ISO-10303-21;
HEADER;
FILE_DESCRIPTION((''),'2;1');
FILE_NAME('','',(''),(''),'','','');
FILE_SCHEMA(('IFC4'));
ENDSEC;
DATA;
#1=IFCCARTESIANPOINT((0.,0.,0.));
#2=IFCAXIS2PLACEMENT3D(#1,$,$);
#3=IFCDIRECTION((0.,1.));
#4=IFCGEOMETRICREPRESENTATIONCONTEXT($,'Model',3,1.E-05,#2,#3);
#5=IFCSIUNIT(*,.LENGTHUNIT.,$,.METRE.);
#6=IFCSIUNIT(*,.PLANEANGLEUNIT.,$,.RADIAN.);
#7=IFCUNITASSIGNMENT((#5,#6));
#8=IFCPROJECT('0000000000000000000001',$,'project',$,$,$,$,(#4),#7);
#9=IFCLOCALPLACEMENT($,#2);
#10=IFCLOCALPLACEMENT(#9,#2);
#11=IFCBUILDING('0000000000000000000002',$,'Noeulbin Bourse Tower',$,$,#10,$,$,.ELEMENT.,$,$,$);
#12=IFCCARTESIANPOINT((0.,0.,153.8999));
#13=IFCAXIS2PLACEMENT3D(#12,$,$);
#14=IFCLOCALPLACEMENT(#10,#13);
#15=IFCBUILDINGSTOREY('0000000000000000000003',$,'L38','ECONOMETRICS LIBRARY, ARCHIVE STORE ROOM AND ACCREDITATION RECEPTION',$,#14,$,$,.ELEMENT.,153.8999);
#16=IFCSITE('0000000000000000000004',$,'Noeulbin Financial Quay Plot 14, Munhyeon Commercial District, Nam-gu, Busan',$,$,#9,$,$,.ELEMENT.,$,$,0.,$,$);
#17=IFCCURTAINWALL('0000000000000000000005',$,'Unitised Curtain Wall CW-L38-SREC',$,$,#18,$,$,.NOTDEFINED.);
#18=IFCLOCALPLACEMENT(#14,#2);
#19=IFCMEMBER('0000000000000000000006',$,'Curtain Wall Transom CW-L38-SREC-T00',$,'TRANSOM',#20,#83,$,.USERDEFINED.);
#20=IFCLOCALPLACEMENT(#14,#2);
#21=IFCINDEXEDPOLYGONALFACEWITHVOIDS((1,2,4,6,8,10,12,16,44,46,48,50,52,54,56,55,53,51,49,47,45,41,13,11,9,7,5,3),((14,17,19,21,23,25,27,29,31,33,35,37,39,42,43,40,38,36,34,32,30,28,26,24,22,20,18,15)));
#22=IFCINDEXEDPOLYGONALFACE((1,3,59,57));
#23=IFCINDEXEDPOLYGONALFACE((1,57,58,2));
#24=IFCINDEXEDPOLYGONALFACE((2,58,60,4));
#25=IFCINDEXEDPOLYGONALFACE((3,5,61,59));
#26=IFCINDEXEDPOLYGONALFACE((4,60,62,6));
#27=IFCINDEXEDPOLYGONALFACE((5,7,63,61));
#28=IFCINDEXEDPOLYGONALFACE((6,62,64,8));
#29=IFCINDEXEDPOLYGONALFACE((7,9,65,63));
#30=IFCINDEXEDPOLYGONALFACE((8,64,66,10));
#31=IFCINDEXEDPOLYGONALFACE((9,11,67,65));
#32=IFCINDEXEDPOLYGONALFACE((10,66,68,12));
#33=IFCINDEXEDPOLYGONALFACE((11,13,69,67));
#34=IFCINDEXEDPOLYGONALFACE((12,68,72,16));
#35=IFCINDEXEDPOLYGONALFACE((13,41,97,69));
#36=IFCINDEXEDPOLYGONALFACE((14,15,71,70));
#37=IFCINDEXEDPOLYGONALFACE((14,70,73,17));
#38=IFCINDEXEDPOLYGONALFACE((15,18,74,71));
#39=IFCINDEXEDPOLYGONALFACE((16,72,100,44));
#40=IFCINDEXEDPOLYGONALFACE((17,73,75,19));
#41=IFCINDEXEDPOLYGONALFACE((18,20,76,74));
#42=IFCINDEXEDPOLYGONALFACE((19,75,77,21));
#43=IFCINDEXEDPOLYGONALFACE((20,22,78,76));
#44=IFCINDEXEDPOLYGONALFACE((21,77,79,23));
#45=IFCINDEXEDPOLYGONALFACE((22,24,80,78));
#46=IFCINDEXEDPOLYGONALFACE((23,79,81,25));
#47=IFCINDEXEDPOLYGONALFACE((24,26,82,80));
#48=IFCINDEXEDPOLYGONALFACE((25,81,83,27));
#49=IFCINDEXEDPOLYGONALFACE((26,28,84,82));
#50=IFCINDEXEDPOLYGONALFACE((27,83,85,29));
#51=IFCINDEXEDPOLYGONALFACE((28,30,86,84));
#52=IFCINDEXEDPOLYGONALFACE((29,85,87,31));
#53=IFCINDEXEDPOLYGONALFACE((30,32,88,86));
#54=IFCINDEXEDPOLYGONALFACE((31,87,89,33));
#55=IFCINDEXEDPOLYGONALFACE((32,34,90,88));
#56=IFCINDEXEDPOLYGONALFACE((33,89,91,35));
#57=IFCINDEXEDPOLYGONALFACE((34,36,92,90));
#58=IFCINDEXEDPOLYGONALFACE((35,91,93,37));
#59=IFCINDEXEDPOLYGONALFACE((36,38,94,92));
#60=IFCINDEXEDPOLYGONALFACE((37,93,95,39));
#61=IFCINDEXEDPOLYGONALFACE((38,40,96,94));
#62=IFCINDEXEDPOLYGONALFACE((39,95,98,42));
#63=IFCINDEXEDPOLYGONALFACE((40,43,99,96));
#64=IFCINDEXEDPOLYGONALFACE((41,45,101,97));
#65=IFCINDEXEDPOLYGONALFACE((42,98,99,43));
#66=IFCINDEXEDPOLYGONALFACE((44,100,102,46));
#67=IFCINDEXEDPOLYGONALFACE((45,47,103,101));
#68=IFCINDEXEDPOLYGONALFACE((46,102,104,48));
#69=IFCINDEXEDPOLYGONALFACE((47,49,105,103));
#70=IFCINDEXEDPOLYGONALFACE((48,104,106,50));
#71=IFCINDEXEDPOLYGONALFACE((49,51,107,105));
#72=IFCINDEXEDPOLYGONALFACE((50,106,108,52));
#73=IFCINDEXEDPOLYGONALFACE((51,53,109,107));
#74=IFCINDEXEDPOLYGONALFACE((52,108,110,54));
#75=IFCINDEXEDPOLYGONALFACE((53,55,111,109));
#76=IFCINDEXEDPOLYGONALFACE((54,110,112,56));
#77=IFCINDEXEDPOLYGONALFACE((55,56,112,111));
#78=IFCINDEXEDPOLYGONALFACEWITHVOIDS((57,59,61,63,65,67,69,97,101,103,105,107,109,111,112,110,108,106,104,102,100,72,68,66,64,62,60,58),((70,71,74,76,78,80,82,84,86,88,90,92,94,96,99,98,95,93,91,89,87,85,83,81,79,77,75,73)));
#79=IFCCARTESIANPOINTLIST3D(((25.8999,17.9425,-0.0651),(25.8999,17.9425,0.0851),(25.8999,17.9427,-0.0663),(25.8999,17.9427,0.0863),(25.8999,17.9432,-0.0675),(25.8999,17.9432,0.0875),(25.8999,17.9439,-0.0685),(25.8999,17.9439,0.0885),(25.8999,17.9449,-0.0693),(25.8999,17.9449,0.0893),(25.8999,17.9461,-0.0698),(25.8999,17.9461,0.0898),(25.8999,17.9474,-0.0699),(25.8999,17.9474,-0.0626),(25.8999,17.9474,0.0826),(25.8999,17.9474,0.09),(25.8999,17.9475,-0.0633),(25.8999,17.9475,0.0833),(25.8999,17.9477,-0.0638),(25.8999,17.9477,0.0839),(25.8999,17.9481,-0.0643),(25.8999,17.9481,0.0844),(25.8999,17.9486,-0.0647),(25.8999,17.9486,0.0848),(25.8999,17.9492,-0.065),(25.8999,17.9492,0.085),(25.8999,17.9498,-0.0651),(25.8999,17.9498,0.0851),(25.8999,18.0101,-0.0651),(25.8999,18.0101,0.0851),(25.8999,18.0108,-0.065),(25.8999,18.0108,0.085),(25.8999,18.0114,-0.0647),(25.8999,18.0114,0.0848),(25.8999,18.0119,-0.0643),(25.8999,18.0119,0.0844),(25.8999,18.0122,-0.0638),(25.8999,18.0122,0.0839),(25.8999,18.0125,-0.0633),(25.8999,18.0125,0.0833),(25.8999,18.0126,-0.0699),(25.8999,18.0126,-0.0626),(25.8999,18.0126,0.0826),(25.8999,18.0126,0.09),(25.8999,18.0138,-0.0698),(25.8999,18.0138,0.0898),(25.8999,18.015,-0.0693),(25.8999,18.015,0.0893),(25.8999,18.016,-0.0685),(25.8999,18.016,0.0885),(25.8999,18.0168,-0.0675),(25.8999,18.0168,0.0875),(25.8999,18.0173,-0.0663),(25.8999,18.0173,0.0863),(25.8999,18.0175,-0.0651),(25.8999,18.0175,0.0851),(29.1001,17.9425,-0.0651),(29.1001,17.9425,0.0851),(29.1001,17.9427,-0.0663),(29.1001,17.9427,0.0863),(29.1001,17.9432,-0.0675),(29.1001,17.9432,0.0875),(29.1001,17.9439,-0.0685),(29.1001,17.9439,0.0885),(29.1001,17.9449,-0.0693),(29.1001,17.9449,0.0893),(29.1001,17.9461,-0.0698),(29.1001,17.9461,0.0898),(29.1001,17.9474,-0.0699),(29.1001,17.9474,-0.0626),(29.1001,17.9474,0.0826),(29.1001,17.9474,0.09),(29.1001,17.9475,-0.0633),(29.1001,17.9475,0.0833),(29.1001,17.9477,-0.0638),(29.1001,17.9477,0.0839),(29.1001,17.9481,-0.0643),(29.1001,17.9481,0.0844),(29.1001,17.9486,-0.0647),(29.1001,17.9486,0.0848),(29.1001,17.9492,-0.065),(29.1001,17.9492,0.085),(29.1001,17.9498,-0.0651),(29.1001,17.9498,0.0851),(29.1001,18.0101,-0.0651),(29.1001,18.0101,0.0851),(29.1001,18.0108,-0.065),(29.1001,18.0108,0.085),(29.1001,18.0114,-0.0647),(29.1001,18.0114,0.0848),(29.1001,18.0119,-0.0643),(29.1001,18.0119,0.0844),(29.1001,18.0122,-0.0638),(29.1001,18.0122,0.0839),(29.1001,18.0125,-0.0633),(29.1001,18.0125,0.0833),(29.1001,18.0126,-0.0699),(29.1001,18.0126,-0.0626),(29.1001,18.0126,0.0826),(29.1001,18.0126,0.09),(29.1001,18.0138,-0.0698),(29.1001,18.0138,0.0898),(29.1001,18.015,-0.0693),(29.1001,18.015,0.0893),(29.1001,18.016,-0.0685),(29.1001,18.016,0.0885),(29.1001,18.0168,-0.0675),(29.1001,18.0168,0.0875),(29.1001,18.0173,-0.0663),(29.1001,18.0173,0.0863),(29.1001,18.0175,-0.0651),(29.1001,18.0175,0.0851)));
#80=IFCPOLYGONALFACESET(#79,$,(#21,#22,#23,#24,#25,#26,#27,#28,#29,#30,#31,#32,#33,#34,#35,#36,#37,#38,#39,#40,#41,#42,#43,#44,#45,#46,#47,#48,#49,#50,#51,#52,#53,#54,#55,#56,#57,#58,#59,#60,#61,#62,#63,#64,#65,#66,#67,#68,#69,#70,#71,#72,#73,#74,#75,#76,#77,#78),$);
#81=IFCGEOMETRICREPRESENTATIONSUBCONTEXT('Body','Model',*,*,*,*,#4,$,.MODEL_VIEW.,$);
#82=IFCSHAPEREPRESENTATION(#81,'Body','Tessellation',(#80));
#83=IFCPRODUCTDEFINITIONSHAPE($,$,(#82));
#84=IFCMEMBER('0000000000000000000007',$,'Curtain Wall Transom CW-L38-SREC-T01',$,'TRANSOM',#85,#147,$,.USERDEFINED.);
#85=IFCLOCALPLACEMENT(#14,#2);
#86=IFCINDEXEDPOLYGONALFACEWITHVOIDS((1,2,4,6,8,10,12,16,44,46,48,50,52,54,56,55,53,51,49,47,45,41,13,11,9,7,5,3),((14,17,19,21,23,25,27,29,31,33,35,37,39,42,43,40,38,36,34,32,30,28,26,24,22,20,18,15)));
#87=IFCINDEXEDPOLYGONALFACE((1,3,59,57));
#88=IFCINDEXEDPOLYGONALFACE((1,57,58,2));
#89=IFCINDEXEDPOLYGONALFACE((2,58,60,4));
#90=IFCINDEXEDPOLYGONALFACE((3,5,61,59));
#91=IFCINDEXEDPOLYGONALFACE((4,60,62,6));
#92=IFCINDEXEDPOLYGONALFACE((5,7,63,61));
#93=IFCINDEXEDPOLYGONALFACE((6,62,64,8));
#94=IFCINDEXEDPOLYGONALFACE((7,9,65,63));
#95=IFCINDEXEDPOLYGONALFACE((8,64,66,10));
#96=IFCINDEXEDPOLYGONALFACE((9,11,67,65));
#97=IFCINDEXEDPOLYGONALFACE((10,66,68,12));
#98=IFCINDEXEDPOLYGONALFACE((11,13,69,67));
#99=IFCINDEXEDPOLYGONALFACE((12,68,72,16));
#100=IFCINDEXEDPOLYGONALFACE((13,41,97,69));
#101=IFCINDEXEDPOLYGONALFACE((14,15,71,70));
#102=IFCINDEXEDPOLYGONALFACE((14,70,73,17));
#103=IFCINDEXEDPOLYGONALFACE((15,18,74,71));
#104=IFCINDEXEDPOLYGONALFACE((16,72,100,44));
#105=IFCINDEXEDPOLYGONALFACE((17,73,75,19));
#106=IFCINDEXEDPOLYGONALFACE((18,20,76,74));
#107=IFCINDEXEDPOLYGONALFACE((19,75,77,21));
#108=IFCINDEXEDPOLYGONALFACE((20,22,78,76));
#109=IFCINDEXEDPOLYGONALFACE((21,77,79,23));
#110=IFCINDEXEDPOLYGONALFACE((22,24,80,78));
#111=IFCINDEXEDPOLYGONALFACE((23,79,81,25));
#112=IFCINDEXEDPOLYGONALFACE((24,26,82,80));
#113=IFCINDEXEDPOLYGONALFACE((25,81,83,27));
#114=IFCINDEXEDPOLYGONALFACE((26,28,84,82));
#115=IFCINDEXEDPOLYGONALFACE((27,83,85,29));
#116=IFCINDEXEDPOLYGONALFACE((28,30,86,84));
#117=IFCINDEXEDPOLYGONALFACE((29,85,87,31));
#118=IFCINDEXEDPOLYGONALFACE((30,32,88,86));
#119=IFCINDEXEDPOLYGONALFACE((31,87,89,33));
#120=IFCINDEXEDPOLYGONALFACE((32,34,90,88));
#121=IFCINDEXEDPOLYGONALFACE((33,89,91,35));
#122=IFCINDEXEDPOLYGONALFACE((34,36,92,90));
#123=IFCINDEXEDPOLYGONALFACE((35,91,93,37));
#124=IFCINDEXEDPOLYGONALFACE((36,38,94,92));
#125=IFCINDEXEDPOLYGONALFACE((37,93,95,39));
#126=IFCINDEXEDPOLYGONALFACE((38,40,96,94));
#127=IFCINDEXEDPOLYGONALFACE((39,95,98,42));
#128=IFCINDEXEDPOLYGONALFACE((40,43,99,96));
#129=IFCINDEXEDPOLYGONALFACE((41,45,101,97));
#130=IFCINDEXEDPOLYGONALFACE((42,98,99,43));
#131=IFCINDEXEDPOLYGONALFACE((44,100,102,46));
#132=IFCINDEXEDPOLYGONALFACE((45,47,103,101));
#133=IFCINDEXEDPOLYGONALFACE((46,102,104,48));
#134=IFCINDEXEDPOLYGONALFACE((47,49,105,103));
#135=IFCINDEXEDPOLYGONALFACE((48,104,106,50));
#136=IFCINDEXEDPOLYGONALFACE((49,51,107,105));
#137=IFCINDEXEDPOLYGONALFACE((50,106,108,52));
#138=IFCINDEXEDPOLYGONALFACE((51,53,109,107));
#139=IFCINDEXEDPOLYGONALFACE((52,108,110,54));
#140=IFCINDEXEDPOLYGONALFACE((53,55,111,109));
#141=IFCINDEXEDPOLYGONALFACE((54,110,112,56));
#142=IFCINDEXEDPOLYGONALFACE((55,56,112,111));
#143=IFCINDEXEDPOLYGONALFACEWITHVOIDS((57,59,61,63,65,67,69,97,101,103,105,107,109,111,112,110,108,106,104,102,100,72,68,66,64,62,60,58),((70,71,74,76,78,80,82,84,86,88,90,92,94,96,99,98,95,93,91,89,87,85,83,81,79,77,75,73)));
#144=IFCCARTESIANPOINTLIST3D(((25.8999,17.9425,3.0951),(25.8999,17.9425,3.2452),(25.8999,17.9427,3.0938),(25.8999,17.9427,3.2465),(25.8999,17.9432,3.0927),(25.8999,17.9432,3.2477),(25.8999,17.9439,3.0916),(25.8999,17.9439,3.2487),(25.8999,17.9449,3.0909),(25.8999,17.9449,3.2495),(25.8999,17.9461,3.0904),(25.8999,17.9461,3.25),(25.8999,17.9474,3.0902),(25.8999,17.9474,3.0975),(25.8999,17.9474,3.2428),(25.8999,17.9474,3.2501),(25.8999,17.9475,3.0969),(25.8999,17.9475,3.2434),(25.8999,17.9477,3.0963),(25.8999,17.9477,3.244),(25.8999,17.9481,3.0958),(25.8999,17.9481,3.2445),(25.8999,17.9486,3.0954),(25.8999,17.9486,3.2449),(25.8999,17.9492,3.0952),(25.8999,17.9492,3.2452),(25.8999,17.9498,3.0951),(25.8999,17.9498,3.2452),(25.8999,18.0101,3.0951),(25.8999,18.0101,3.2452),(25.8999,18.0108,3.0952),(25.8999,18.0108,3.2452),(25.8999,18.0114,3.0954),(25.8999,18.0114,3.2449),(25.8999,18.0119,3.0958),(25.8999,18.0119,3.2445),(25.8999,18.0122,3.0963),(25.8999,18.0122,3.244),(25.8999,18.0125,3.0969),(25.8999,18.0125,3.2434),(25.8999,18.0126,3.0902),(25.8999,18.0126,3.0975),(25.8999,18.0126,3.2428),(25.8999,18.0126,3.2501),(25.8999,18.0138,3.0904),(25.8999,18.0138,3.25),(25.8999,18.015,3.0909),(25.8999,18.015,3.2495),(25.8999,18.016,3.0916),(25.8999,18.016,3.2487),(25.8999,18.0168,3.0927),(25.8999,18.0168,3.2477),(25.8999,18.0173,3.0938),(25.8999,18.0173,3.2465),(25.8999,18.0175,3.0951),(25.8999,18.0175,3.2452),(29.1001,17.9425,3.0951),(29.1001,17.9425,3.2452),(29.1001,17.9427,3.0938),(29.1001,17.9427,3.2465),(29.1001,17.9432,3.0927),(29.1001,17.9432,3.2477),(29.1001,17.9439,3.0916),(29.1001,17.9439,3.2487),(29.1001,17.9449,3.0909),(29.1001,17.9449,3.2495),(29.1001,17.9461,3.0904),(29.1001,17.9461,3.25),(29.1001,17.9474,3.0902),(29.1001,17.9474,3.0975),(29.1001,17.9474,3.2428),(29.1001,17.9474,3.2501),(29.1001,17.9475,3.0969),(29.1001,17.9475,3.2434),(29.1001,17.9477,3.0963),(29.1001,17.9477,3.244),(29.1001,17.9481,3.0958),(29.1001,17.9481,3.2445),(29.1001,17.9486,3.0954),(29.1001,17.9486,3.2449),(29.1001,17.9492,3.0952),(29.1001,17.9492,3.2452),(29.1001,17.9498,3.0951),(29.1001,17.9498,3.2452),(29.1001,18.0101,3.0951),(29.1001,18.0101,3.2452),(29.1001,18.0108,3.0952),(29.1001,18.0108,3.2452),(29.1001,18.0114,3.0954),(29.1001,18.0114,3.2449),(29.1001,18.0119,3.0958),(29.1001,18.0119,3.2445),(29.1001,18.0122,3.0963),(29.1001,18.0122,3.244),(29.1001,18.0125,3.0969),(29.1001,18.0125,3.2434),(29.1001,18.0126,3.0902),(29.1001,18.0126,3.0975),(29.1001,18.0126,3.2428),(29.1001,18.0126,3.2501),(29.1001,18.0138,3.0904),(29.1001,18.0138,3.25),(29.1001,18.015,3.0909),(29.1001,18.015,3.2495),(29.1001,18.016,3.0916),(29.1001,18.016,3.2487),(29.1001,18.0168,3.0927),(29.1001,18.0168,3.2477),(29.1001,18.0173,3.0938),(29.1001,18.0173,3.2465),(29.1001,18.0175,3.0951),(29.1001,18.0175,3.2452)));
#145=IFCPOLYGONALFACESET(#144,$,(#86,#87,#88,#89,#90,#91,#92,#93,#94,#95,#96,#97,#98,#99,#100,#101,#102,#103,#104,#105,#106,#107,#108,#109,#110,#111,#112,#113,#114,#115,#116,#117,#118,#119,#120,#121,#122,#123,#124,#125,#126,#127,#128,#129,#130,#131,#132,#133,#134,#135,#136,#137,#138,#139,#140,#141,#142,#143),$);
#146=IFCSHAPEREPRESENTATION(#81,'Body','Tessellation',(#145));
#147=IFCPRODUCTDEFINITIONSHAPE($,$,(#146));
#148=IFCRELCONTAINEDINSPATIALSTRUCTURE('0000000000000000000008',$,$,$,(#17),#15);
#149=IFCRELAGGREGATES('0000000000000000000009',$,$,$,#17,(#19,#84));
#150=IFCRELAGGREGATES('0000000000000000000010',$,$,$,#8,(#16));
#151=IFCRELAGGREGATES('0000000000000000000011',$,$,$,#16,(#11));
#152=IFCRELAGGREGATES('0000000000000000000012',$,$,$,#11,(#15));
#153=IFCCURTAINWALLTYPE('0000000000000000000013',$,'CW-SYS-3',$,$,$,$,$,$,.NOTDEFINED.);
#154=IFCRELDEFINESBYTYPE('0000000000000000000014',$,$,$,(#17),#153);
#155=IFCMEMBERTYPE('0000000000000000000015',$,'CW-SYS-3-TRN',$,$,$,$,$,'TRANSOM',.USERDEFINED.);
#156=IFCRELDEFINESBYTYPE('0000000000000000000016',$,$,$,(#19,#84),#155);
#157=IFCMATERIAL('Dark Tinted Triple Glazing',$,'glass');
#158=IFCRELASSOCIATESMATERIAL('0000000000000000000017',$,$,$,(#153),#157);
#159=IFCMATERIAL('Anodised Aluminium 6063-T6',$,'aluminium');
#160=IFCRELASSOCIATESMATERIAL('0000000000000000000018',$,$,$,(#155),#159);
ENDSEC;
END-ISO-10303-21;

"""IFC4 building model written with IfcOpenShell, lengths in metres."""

from ifc_helpers import new_model, si_unit, direction, frame, origin, origin_2d, place, context, subcontext, project, spatial, hollow_rectangle, extrude, material, material_profile, profile_set, type_object, element, aggregate, save


model = new_model("IFC4")

# Units and contexts
model_context = context("Model", 3, precision=1e-05, world=origin(), true_north=direction((0.0, 1.0)))
body_context = subcontext(model_context, "Body", "Model", "MODEL_VIEW")
ifc_project = project(units=[si_unit("LENGTHUNIT", "METRE"), si_unit("PLANEANGLEUNIT", "RADIAN")], contexts=[model_context])

# Site, building, storey
site_placement = place(None, origin())
site = spatial("IfcSite", under=ifc_project, at=site_placement, Name="Noeulbin Financial Quay Plot 14, Munhyeon Commercial District, Nam-gu, Busan", CompositionType="ELEMENT", RefElevation=0.0)
building_placement = place(site_placement, origin())
building = spatial("IfcBuilding", under=site, at=building_placement, Name="Noeulbin Bourse Tower", CompositionType="ELEMENT")
storey_placement = place(building_placement, frame((0.0, 0.0, 153.8999)))
storey = spatial("IfcBuildingStorey", under=building, at=storey_placement, Name="L38", Description="ECONOMETRICS LIBRARY, ARCHIVE STORE ROOM AND ACCREDITATION RECEPTION", CompositionType="ELEMENT", Elevation=153.8999)

# Curtain wall
ifc_material_1 = material(Name="Dark Tinted Triple Glazing", Category="glass")
curtain_wall_type = type_object("IfcCurtainWallType", Name="CW-SYS-3", PredefinedType="NOTDEFINED", material=ifc_material_1)
curtain_wall_1_placement = place(storey_placement, origin())
curtain_wall_1 = element("IfcCurtainWall", 1, at=curtain_wall_1_placement, inside=storey, type_object=curtain_wall_type, Name="Unitised Curtain Wall CW-L38-SREC", PredefinedType="NOTDEFINED")
ifc_material_2 = material(Name="Anodised Aluminium 6063-T6", Category="aluminium")

# Members
ifc_material_profile_1 = material_profile(ifc_material_2, hollow_rectangle(XDim=0.075, YDim=0.1599, WallThickness=0.0049, InnerFilletRadius=0.0024, OuterFilletRadius=0.0049, at=origin_2d()), Name="ALU-TRAN-75x160x5", Category="LoadBearing")
ifc_profile_set_1 = profile_set([ifc_material_profile_1], Name="Anodised Aluminium 6063-T6")
member_type_1 = type_object("IfcMemberType", Name="CW-SYS-3-TRN", ElementType="TRANSOM", PredefinedType="USERDEFINED", material=ifc_profile_set_1)
member_1_placement = place(storey_placement, frame((25.8999, 17.98, 0.01), z_axis=(1.0, 0.0, 0.0), x_axis=(0.0, 1.0, 0.0)))
member_1 = element("IfcMember", 2, at=member_1_placement, type_object=member_type_1, Name="Curtain Wall Transom CW-L38-SREC-T00", ObjectType="TRANSOM", PredefinedType="USERDEFINED", context=body_context, shape_type="SweptSolid", body=[
    extrude(hollow_rectangle(XDim=0.075, YDim=0.1599, WallThickness=0.0049, InnerFilletRadius=0.0024, OuterFilletRadius=0.0049, at=origin_2d()), origin(), (0.0, 0.0, 1.0), 3.2002),
])
member_2_placement = place(storey_placement, frame((25.8999, 17.98, 3.1702), z_axis=(1.0, 0.0, 0.0), x_axis=(0.0, 1.0, 0.0)))
member_2 = element("IfcMember", 3, at=member_2_placement, type_object=member_type_1, Name="Curtain Wall Transom CW-L38-SREC-T01", ObjectType="TRANSOM", PredefinedType="USERDEFINED", context=body_context, shape_type="SweptSolid", body=[
    extrude(hollow_rectangle(XDim=0.075, YDim=0.1599, WallThickness=0.0049, InnerFilletRadius=0.0024, OuterFilletRadius=0.0049, at=origin_2d()), origin(), (0.0, 0.0, 1.0), 3.2002),
])

aggregate(curtain_wall_1, [member_1, member_2])

save(model, "model.ifc")
